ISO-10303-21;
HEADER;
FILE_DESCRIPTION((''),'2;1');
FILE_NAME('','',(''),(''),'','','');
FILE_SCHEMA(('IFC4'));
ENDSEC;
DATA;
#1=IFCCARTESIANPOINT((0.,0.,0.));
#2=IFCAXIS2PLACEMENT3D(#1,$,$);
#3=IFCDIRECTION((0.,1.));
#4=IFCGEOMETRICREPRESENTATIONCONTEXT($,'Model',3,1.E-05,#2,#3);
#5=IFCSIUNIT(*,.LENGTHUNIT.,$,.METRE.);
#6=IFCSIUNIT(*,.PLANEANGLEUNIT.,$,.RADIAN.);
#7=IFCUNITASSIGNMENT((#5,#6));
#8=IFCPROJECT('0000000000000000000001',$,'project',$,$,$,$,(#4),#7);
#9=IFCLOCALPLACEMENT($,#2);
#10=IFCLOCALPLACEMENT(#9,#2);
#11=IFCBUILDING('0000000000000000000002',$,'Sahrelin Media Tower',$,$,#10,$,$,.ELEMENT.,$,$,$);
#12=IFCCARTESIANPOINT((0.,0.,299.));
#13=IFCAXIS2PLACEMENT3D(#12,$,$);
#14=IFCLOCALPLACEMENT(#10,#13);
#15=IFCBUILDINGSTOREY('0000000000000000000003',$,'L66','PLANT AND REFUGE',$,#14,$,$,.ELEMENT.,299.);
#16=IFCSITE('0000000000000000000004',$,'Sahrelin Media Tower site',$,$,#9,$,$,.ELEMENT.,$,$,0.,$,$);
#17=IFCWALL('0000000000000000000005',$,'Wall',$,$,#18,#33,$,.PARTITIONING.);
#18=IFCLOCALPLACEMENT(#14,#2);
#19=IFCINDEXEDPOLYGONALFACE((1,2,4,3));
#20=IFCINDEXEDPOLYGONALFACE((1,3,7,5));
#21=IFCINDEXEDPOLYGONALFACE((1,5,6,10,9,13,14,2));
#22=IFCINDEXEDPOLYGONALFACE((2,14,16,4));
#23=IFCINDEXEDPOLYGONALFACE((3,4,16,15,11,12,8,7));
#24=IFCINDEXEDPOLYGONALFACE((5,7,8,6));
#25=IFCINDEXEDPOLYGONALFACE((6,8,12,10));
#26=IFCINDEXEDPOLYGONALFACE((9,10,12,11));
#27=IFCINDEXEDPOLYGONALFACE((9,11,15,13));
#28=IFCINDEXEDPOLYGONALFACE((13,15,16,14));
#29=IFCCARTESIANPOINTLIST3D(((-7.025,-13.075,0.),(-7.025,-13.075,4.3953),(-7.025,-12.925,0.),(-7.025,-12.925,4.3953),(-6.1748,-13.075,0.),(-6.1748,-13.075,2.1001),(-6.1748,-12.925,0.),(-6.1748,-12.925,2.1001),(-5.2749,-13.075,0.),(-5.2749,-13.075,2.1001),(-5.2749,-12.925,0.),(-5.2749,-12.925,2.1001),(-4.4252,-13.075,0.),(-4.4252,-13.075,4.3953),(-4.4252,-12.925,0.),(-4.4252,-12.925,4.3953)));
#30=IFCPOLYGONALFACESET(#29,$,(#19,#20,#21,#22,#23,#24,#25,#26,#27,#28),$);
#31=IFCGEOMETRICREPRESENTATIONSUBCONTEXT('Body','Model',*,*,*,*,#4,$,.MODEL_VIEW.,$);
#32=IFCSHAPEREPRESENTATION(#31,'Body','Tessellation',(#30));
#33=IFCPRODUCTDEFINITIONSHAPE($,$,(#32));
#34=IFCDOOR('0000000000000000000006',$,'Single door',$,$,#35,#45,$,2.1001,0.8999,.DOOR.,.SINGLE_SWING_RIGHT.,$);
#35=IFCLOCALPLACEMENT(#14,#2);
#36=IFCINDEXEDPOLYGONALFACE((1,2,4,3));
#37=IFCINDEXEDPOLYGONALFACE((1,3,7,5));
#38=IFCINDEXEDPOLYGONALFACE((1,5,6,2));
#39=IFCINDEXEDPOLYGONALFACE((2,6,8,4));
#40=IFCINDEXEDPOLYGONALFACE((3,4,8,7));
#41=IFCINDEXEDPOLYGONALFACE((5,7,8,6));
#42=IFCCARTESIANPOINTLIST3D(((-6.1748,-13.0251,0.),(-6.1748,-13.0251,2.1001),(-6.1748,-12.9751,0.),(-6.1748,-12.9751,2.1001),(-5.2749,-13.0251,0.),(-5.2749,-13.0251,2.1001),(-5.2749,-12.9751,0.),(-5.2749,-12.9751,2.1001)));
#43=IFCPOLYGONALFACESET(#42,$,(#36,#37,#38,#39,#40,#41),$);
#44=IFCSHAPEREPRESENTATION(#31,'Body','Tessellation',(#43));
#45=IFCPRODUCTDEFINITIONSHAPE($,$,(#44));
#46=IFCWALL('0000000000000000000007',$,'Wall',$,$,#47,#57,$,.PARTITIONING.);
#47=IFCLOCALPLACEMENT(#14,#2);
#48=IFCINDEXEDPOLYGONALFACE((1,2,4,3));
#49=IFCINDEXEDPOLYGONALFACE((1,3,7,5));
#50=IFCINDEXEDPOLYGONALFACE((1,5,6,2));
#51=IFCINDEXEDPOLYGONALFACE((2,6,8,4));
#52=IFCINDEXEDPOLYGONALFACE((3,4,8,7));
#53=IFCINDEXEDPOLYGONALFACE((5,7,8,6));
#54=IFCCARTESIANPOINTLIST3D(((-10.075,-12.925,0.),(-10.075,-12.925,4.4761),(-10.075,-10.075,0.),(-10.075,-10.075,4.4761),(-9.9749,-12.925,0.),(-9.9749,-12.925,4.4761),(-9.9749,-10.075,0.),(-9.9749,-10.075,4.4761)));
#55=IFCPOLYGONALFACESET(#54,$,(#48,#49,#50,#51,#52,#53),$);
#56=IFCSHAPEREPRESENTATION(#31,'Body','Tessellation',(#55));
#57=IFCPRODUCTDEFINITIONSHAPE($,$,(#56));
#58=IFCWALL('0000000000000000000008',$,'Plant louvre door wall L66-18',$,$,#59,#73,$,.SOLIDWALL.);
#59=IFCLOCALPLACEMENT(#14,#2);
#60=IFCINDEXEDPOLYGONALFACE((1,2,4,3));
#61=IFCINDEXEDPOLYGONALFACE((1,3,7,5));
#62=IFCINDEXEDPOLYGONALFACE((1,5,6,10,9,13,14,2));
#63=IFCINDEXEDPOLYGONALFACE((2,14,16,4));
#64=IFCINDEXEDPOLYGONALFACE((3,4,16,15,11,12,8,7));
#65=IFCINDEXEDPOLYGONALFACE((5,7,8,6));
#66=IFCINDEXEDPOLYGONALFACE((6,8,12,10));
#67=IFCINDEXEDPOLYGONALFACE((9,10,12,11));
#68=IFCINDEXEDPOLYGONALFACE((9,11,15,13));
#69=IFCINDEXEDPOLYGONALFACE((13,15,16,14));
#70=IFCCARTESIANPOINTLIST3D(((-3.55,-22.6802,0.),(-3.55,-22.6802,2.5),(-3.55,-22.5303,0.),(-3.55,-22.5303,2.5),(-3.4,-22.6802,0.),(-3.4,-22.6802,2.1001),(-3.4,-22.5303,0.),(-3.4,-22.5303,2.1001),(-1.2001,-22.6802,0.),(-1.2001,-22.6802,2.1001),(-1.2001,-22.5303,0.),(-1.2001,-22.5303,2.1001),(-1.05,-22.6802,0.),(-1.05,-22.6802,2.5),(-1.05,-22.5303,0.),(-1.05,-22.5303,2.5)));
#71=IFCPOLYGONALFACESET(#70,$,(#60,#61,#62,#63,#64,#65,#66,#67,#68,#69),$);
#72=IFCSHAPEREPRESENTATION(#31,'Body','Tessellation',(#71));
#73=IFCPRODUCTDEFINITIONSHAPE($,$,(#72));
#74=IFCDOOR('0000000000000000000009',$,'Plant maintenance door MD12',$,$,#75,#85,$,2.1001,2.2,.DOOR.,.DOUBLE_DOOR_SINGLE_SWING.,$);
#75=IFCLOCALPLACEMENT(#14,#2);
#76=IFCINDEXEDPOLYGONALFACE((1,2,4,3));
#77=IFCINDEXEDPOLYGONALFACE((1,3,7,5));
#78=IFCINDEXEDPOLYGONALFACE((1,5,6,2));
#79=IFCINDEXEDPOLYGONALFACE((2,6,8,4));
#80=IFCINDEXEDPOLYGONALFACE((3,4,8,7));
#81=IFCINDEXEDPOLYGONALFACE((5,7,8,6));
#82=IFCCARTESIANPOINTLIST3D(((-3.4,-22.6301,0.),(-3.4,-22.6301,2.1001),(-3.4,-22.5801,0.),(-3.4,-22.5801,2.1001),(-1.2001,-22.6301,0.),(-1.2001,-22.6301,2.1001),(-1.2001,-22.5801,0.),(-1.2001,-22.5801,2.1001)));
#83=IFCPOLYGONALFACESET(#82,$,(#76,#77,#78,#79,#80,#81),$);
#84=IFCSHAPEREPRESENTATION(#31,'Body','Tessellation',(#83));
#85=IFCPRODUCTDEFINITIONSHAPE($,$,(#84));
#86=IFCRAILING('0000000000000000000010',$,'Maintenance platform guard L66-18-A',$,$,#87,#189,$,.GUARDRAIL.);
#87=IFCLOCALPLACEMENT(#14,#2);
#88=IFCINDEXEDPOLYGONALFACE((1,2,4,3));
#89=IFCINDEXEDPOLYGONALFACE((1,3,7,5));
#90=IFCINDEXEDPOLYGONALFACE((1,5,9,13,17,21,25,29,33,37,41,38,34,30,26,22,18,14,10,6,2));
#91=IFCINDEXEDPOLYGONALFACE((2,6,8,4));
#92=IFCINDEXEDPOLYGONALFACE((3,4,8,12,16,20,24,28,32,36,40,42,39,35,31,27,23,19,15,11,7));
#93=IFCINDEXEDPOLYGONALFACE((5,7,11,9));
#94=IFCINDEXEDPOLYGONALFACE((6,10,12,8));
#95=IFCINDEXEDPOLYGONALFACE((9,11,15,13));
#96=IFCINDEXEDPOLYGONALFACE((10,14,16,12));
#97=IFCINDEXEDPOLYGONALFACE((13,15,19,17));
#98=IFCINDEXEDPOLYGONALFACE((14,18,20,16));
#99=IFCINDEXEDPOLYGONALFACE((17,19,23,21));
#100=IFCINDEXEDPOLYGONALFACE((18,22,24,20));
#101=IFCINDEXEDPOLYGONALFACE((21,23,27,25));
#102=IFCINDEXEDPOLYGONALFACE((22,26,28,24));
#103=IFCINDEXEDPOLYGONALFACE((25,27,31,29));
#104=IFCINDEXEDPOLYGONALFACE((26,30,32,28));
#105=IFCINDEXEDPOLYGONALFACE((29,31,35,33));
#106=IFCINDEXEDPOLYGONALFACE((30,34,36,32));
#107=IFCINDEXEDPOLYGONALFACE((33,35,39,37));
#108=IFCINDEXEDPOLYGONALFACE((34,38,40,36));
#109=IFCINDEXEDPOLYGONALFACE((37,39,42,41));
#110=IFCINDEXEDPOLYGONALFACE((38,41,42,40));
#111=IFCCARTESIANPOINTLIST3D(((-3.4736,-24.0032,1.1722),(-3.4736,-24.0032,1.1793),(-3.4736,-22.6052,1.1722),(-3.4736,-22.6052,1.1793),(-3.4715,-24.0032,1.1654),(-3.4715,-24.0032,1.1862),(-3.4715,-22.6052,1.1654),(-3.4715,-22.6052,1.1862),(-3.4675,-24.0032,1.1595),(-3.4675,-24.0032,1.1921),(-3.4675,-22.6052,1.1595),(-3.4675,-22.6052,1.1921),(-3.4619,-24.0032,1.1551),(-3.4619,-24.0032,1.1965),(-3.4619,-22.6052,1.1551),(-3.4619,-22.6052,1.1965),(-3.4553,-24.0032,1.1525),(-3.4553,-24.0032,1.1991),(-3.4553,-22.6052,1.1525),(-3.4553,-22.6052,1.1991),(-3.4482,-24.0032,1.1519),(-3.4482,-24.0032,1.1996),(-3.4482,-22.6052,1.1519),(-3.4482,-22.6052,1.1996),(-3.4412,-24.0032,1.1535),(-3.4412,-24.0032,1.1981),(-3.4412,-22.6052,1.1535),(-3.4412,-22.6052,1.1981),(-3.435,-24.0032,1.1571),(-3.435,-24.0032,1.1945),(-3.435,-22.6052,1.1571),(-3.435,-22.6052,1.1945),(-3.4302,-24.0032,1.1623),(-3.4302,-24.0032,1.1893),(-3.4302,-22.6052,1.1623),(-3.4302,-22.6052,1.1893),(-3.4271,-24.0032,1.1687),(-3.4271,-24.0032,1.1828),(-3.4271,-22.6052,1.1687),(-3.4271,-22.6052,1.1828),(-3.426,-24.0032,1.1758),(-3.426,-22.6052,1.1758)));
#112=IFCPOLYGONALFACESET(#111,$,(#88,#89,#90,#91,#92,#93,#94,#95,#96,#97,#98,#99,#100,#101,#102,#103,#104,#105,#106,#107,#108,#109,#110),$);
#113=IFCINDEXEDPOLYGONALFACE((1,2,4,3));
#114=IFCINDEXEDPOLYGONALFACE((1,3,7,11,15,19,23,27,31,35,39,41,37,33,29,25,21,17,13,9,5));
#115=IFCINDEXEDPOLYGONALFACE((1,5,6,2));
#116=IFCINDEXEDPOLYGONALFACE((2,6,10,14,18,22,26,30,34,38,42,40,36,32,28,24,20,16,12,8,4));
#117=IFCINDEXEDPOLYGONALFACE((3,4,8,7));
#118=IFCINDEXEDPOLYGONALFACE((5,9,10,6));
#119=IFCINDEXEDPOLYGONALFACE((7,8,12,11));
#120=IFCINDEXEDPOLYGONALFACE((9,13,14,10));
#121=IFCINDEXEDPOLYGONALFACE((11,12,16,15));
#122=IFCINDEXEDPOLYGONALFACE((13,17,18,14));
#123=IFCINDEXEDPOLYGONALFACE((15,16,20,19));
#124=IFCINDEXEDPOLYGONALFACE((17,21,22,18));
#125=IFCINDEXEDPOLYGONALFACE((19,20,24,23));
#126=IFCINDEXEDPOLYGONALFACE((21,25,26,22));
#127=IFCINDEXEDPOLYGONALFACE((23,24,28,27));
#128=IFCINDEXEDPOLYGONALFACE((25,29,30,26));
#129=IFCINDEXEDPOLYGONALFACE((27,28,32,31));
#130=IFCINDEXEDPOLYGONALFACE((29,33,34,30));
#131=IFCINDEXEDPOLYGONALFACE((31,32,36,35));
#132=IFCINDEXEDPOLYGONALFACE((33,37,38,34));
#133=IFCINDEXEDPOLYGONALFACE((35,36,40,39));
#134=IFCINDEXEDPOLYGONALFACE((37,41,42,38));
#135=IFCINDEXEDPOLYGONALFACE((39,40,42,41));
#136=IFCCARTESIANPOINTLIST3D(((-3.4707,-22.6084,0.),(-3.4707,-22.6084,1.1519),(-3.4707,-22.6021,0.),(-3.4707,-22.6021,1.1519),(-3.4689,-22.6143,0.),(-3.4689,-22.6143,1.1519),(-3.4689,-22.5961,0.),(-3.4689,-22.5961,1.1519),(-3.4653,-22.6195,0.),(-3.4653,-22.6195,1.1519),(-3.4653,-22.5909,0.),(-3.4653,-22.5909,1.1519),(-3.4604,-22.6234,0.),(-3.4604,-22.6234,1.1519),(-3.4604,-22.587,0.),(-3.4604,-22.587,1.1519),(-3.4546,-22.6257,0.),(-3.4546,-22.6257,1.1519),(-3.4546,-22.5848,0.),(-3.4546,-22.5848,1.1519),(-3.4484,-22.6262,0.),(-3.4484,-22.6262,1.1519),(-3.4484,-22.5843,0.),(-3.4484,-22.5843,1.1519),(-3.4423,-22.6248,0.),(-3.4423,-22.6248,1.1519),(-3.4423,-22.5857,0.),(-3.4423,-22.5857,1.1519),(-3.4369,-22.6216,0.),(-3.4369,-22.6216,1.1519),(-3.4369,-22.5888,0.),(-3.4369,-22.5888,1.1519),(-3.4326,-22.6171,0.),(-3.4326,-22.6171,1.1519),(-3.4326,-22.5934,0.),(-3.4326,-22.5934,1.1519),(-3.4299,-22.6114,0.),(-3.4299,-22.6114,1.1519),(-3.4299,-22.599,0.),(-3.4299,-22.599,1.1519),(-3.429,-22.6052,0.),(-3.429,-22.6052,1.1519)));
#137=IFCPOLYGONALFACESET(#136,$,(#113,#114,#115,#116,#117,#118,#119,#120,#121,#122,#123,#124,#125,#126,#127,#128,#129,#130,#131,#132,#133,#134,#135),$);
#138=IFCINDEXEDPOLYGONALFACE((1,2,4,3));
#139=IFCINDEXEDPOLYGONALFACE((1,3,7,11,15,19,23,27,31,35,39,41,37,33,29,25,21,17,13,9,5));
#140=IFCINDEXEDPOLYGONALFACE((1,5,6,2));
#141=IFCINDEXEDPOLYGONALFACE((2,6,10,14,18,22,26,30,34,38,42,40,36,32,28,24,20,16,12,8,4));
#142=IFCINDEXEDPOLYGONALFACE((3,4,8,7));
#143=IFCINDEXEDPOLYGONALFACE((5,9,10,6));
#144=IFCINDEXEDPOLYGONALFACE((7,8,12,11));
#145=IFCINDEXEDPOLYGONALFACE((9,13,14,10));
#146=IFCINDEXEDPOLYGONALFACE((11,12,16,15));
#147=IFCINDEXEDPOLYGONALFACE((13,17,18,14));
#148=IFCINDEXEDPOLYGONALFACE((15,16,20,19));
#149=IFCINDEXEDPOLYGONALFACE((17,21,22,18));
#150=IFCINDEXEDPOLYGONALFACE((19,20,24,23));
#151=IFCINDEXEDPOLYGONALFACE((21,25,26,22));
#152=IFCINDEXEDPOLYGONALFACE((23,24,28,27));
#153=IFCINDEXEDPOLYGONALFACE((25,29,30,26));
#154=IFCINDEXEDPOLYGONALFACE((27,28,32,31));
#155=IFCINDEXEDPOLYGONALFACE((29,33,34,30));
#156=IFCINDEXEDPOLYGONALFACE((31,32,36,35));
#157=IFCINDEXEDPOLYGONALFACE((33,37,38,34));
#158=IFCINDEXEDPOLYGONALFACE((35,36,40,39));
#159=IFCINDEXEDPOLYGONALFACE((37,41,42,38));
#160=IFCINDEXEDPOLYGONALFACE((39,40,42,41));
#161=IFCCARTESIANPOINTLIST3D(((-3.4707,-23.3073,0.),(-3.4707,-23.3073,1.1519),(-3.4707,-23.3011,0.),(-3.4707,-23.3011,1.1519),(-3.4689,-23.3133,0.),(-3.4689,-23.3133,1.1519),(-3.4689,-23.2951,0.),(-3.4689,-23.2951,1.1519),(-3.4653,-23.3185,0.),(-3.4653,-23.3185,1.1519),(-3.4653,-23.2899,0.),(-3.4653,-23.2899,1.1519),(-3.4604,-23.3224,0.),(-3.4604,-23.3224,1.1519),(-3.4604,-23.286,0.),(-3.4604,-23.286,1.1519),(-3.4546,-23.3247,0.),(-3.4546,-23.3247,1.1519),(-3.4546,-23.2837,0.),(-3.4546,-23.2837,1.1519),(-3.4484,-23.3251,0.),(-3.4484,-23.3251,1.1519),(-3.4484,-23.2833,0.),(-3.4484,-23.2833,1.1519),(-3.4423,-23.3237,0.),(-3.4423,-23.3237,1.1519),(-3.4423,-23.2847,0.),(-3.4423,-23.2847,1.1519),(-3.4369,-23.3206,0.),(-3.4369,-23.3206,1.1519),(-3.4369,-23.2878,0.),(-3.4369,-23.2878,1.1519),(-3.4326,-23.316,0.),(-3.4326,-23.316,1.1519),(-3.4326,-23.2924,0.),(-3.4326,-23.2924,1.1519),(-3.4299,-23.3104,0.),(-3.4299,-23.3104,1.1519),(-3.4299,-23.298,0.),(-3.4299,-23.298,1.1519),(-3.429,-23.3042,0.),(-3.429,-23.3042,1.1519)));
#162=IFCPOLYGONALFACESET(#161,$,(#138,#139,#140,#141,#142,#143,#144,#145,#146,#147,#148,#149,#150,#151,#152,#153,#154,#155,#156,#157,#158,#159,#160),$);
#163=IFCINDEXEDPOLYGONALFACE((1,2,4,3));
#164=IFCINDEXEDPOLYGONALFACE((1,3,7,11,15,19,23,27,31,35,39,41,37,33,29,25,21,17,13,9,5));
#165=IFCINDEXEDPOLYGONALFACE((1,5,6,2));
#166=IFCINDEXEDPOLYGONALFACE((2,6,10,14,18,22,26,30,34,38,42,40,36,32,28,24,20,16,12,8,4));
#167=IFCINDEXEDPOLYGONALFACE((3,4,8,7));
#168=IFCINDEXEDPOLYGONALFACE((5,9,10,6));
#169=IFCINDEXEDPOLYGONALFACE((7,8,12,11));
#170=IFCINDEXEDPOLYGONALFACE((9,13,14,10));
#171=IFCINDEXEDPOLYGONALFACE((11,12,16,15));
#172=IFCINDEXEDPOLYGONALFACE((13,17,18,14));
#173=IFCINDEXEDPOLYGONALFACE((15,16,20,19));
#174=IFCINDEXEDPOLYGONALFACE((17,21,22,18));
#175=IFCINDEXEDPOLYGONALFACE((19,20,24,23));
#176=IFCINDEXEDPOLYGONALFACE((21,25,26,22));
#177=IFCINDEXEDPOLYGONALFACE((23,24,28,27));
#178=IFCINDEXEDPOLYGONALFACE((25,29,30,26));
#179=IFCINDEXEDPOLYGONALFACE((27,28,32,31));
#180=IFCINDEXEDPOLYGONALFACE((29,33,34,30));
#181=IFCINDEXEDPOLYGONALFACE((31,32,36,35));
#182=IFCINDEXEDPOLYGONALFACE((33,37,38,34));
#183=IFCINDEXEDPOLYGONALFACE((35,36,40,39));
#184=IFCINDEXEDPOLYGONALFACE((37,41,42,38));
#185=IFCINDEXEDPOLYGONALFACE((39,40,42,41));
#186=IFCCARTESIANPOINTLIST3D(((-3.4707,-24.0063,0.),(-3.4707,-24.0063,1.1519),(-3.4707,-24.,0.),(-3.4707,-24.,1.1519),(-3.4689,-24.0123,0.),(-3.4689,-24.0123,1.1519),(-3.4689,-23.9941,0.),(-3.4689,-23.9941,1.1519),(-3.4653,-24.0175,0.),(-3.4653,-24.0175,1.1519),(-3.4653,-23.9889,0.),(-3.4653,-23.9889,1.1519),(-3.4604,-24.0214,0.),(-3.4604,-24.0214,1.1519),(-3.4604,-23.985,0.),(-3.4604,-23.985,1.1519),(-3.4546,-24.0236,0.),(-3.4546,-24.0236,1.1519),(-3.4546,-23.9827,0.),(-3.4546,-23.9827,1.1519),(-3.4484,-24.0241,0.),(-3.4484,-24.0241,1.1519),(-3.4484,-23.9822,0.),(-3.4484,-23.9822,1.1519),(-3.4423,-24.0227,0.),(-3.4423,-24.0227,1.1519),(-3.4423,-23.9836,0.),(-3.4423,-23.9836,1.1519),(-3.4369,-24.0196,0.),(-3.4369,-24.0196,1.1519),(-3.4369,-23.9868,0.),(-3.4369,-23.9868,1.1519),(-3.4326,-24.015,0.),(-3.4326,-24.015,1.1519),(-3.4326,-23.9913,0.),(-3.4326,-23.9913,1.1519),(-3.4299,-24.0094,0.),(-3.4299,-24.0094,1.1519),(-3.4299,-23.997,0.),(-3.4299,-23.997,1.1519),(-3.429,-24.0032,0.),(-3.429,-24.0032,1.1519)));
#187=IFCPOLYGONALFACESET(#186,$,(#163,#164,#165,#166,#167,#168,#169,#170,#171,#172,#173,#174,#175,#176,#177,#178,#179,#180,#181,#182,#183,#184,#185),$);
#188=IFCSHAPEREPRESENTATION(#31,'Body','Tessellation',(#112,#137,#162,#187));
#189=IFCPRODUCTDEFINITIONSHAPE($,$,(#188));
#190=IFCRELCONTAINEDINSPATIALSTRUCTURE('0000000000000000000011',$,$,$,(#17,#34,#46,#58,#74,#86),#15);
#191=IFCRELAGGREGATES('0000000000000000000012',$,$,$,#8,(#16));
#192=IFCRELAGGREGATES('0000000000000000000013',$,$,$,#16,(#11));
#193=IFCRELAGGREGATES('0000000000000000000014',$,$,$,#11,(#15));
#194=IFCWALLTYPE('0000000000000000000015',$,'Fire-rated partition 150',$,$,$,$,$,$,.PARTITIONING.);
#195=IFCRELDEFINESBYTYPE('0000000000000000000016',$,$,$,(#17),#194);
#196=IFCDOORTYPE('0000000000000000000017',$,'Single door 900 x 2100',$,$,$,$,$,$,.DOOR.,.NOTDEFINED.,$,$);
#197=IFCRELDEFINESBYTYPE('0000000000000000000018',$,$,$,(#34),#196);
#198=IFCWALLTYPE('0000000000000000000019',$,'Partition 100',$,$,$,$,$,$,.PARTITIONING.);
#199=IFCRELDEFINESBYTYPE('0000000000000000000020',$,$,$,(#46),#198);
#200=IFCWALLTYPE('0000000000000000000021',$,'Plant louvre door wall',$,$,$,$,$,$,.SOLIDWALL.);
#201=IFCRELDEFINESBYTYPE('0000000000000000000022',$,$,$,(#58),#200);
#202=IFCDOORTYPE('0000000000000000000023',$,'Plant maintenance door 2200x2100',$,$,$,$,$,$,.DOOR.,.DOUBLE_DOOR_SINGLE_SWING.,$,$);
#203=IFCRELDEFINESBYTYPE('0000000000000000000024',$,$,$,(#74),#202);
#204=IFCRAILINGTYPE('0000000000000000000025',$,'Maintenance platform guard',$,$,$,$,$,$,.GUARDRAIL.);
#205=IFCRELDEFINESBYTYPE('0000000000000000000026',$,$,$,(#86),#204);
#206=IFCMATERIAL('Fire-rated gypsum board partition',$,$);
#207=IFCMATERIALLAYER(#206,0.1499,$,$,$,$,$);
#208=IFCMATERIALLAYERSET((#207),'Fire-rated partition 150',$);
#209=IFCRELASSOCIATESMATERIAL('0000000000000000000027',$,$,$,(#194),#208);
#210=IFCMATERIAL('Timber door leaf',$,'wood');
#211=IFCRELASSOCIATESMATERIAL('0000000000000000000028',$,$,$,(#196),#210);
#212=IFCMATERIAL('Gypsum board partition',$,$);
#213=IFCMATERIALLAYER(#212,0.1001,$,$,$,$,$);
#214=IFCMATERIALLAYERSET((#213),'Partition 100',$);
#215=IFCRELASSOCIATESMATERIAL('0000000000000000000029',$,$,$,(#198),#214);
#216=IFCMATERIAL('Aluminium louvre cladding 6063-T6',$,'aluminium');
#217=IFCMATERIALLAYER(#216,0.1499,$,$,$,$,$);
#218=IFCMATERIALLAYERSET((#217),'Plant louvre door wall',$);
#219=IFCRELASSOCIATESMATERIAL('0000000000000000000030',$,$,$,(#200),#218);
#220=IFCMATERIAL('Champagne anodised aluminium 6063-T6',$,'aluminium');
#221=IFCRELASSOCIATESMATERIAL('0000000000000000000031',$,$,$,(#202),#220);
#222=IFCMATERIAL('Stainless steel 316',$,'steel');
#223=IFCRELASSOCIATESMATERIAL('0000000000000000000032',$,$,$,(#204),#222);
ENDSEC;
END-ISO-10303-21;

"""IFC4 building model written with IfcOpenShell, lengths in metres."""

from ifc_helpers import new_model, si_unit, direction, frame, frame_2d, origin, origin_2d, place, context, subcontext, project, spatial, rectangle, circle, extrude, material, layer, layer_set, type_object, element, fill, save


model = new_model("IFC4")

# Units and contexts
model_context = context("Model", 3, precision=1e-05, world=origin(), true_north=direction((0.0, 1.0)))
body_context = subcontext(model_context, "Body", "Model", "MODEL_VIEW")
ifc_project = project(units=[si_unit("LENGTHUNIT", "METRE"), si_unit("PLANEANGLEUNIT", "RADIAN")], contexts=[model_context])

# Site, building, storey
site_placement = place(None, origin())
site = spatial("IfcSite", under=ifc_project, at=site_placement, Name="Sahrelin Media Tower site", CompositionType="ELEMENT", RefElevation=0.0)
building_placement = place(site_placement, origin())
building = spatial("IfcBuilding", under=site, at=building_placement, Name="Sahrelin Media Tower", CompositionType="ELEMENT")
storey_placement = place(building_placement, frame((0.0, 0.0, 299.0)))
storey = spatial("IfcBuildingStorey", under=building, at=storey_placement, Name="L66", Description="PLANT AND REFUGE", CompositionType="ELEMENT", Elevation=299.0)

# Wall, opening, door
ifc_material_1 = material(Name="Fire-rated gypsum board partition")
ifc_layer_1 = layer(ifc_material_1, 0.1499)
ifc_layer_set_1 = layer_set([ifc_layer_1], Name="Fire-rated partition 150")
wall_type_1 = type_object("IfcWallType", Name="Fire-rated partition 150", PredefinedType="PARTITIONING", material=ifc_layer_set_1)
ifc_material_2 = material(Name="Timber door leaf", Category="wood")
door_type_1 = type_object("IfcDoorType", Name="Single door 900 x 2100", OperationType="NOTDEFINED", PredefinedType="DOOR", material=ifc_material_2)
wall_1_placement = place(storey_placement, frame((-7.0249, -13.0, 0.0), z_axis=(0.0, 0.0, 1.0), x_axis=(1.0, 0.0, 0.0)))
wall_1 = element("IfcWall", 1, at=wall_1_placement, inside=storey, type_object=wall_type_1, Name="Wall", PredefinedType="PARTITIONING", context=body_context, shape_type="SweptSolid", body=[
    extrude(rectangle(XDim=2.5999, YDim=0.1499, at=frame_2d((1.2998, 0.0))), origin(), (0.0, 0.0, 1.0), 4.3953),
])
opening_1_placement = place(wall_1_placement, frame((0.8501, 0.0, 0.0)))
opening_1 = element("IfcOpeningElement", 2, at=opening_1_placement, cuts=wall_1, PredefinedType="OPENING", context=body_context, shape_type="SweptSolid", body=[
    extrude(rectangle(XDim=0.8999, YDim=2.1001, at=frame_2d((0.45, 1.05))), frame((0.0, 0.075, 0.0), z_axis=(0.0, -1.0, 0.0), x_axis=(1.0, 0.0, 0.0)), (0.0, 0.0, 1.0), 0.1499),
])
door_1_placement = place(opening_1_placement, origin())
door_1 = element("IfcDoor", 3, at=door_1_placement, inside=storey, type_object=door_type_1, Name="Single door", OperationType="SINGLE_SWING_RIGHT", OverallHeight=2.1001, OverallWidth=0.8999, PredefinedType="DOOR", context=body_context, shape_type="SweptSolid", body=[
    extrude(rectangle(XDim=0.8999, YDim=2.1001, at=frame_2d((0.45, 1.05))), frame((0.0, 0.0249, 0.0), z_axis=(0.0, -1.0, 0.0), x_axis=(1.0, 0.0, 0.0)), (0.0, 0.0, 1.0), 0.05),
])
fill(opening_1, door_1)

# Wall
ifc_material_3 = material(Name="Gypsum board partition")
ifc_layer_2 = layer(ifc_material_3, 0.1001)
ifc_layer_set_2 = layer_set([ifc_layer_2], Name="Partition 100")
wall_type_2 = type_object("IfcWallType", Name="Partition 100", PredefinedType="PARTITIONING", material=ifc_layer_set_2)
wall_2_placement = place(storey_placement, frame((-10.0249, -12.925, 0.0), z_axis=(0.0, 0.0, 1.0), x_axis=(0.0, 1.0, 0.0)))
element("IfcWall", 4, at=wall_2_placement, inside=storey, type_object=wall_type_2, Name="Wall", PredefinedType="PARTITIONING", context=body_context, shape_type="SweptSolid", body=[
    extrude(rectangle(XDim=2.8501, YDim=0.1001, at=frame_2d((1.425, 0.0))), origin(), (0.0, 0.0, 1.0), 4.4761),
])

# Wall, opening, door
ifc_material_4 = material(Name="Aluminium louvre cladding 6063-T6", Category="aluminium")
ifc_layer_3 = layer(ifc_material_4, 0.1499)
ifc_layer_set_3 = layer_set([ifc_layer_3], Name="Plant louvre door wall")
wall_type_3 = type_object("IfcWallType", Name="Plant louvre door wall", PredefinedType="SOLIDWALL", material=ifc_layer_set_3)
wall_3_placement = place(storey_placement, frame((-1.05, -22.6052, 0.0), z_axis=(0.0, 0.0, 1.0), x_axis=(-1.0, 0.0, 0.0)))
wall_3 = element("IfcWall", 5, at=wall_3_placement, inside=storey, type_object=wall_type_3, Name="Plant louvre door wall L66-18", PredefinedType="SOLIDWALL", context=body_context, shape_type="SweptSolid", body=[
    extrude(rectangle(XDim=2.5, YDim=0.1499, at=frame_2d((1.25, 0.0))), origin(), (0.0, 0.0, 1.0), 2.5),
])
opening_2_placement = place(wall_3_placement, frame((0.1499, 0.0, 0.0)))
opening_2 = element("IfcOpeningElement", 6, at=opening_2_placement, cuts=wall_3, PredefinedType="OPENING", context=body_context, shape_type="SweptSolid", body=[
    extrude(rectangle(XDim=2.2, YDim=2.1001, at=frame_2d((1.1001, 1.05))), frame((0.0, 0.075, 0.0), z_axis=(0.0, -1.0, 0.0), x_axis=(1.0, 0.0, 0.0)), (0.0, 0.0, 1.0), 0.1499),
])
ifc_material_5 = material(Name="Champagne anodised aluminium 6063-T6", Category="aluminium")
door_type_2 = type_object("IfcDoorType", Name="Plant maintenance door 2200x2100", OperationType="DOUBLE_DOOR_SINGLE_SWING", PredefinedType="DOOR", material=ifc_material_5)
door_2_placement = place(opening_2_placement, origin())
door_2 = element("IfcDoor", 7, at=door_2_placement, inside=storey, type_object=door_type_2, Name="Plant maintenance door MD12", OperationType="DOUBLE_DOOR_SINGLE_SWING", OverallHeight=2.1001, OverallWidth=2.2, PredefinedType="DOOR", context=body_context, shape_type="SweptSolid", body=[
    extrude(rectangle(XDim=2.2, YDim=2.1001, at=frame_2d((1.1001, 1.05))), frame((0.0, 0.0249, 0.0), z_axis=(0.0, -1.0, 0.0), x_axis=(1.0, 0.0, 0.0)), (0.0, 0.0, 1.0), 0.05),
])
fill(opening_2, door_2)

# Railing
ifc_material_6 = material(Name="Stainless steel 316", Category="steel")
railing_type = type_object("IfcRailingType", Name="Maintenance platform guard", PredefinedType="GUARDRAIL", material=ifc_material_6)
for number, where, name in (
    (8, (-3.45, -22.6052, 0.0), "Maintenance platform guard L66-18-A"),
):
    element("IfcRailing", number, at=place(storey_placement, frame(where)), inside=storey, type_object=railing_type, Name=name, PredefinedType="GUARDRAIL", context=body_context, shape_type="SweptSolid", body=[
        extrude(circle(Radius=0.0239, at=origin_2d()), frame((0.0, 0.0, 1.1758), z_axis=(0.0, -1.0, 0.0), x_axis=(1.0, 0.0, 0.0)), (0.0, 0.0, 1.0), 1.3979),
        extrude(circle(Radius=0.021, at=origin_2d()), origin(), (0.0, 0.0, 1.0), 1.1519),
        extrude(circle(Radius=0.021, at=origin_2d()), frame((0.0, -0.699, 0.0)), (0.0, 0.0, 1.0), 1.1519),
        extrude(circle(Radius=0.021, at=origin_2d()), frame((0.0, -1.3979, 0.0)), (0.0, 0.0, 1.0), 1.1519),
    ])

save(model, "model.ifc")
